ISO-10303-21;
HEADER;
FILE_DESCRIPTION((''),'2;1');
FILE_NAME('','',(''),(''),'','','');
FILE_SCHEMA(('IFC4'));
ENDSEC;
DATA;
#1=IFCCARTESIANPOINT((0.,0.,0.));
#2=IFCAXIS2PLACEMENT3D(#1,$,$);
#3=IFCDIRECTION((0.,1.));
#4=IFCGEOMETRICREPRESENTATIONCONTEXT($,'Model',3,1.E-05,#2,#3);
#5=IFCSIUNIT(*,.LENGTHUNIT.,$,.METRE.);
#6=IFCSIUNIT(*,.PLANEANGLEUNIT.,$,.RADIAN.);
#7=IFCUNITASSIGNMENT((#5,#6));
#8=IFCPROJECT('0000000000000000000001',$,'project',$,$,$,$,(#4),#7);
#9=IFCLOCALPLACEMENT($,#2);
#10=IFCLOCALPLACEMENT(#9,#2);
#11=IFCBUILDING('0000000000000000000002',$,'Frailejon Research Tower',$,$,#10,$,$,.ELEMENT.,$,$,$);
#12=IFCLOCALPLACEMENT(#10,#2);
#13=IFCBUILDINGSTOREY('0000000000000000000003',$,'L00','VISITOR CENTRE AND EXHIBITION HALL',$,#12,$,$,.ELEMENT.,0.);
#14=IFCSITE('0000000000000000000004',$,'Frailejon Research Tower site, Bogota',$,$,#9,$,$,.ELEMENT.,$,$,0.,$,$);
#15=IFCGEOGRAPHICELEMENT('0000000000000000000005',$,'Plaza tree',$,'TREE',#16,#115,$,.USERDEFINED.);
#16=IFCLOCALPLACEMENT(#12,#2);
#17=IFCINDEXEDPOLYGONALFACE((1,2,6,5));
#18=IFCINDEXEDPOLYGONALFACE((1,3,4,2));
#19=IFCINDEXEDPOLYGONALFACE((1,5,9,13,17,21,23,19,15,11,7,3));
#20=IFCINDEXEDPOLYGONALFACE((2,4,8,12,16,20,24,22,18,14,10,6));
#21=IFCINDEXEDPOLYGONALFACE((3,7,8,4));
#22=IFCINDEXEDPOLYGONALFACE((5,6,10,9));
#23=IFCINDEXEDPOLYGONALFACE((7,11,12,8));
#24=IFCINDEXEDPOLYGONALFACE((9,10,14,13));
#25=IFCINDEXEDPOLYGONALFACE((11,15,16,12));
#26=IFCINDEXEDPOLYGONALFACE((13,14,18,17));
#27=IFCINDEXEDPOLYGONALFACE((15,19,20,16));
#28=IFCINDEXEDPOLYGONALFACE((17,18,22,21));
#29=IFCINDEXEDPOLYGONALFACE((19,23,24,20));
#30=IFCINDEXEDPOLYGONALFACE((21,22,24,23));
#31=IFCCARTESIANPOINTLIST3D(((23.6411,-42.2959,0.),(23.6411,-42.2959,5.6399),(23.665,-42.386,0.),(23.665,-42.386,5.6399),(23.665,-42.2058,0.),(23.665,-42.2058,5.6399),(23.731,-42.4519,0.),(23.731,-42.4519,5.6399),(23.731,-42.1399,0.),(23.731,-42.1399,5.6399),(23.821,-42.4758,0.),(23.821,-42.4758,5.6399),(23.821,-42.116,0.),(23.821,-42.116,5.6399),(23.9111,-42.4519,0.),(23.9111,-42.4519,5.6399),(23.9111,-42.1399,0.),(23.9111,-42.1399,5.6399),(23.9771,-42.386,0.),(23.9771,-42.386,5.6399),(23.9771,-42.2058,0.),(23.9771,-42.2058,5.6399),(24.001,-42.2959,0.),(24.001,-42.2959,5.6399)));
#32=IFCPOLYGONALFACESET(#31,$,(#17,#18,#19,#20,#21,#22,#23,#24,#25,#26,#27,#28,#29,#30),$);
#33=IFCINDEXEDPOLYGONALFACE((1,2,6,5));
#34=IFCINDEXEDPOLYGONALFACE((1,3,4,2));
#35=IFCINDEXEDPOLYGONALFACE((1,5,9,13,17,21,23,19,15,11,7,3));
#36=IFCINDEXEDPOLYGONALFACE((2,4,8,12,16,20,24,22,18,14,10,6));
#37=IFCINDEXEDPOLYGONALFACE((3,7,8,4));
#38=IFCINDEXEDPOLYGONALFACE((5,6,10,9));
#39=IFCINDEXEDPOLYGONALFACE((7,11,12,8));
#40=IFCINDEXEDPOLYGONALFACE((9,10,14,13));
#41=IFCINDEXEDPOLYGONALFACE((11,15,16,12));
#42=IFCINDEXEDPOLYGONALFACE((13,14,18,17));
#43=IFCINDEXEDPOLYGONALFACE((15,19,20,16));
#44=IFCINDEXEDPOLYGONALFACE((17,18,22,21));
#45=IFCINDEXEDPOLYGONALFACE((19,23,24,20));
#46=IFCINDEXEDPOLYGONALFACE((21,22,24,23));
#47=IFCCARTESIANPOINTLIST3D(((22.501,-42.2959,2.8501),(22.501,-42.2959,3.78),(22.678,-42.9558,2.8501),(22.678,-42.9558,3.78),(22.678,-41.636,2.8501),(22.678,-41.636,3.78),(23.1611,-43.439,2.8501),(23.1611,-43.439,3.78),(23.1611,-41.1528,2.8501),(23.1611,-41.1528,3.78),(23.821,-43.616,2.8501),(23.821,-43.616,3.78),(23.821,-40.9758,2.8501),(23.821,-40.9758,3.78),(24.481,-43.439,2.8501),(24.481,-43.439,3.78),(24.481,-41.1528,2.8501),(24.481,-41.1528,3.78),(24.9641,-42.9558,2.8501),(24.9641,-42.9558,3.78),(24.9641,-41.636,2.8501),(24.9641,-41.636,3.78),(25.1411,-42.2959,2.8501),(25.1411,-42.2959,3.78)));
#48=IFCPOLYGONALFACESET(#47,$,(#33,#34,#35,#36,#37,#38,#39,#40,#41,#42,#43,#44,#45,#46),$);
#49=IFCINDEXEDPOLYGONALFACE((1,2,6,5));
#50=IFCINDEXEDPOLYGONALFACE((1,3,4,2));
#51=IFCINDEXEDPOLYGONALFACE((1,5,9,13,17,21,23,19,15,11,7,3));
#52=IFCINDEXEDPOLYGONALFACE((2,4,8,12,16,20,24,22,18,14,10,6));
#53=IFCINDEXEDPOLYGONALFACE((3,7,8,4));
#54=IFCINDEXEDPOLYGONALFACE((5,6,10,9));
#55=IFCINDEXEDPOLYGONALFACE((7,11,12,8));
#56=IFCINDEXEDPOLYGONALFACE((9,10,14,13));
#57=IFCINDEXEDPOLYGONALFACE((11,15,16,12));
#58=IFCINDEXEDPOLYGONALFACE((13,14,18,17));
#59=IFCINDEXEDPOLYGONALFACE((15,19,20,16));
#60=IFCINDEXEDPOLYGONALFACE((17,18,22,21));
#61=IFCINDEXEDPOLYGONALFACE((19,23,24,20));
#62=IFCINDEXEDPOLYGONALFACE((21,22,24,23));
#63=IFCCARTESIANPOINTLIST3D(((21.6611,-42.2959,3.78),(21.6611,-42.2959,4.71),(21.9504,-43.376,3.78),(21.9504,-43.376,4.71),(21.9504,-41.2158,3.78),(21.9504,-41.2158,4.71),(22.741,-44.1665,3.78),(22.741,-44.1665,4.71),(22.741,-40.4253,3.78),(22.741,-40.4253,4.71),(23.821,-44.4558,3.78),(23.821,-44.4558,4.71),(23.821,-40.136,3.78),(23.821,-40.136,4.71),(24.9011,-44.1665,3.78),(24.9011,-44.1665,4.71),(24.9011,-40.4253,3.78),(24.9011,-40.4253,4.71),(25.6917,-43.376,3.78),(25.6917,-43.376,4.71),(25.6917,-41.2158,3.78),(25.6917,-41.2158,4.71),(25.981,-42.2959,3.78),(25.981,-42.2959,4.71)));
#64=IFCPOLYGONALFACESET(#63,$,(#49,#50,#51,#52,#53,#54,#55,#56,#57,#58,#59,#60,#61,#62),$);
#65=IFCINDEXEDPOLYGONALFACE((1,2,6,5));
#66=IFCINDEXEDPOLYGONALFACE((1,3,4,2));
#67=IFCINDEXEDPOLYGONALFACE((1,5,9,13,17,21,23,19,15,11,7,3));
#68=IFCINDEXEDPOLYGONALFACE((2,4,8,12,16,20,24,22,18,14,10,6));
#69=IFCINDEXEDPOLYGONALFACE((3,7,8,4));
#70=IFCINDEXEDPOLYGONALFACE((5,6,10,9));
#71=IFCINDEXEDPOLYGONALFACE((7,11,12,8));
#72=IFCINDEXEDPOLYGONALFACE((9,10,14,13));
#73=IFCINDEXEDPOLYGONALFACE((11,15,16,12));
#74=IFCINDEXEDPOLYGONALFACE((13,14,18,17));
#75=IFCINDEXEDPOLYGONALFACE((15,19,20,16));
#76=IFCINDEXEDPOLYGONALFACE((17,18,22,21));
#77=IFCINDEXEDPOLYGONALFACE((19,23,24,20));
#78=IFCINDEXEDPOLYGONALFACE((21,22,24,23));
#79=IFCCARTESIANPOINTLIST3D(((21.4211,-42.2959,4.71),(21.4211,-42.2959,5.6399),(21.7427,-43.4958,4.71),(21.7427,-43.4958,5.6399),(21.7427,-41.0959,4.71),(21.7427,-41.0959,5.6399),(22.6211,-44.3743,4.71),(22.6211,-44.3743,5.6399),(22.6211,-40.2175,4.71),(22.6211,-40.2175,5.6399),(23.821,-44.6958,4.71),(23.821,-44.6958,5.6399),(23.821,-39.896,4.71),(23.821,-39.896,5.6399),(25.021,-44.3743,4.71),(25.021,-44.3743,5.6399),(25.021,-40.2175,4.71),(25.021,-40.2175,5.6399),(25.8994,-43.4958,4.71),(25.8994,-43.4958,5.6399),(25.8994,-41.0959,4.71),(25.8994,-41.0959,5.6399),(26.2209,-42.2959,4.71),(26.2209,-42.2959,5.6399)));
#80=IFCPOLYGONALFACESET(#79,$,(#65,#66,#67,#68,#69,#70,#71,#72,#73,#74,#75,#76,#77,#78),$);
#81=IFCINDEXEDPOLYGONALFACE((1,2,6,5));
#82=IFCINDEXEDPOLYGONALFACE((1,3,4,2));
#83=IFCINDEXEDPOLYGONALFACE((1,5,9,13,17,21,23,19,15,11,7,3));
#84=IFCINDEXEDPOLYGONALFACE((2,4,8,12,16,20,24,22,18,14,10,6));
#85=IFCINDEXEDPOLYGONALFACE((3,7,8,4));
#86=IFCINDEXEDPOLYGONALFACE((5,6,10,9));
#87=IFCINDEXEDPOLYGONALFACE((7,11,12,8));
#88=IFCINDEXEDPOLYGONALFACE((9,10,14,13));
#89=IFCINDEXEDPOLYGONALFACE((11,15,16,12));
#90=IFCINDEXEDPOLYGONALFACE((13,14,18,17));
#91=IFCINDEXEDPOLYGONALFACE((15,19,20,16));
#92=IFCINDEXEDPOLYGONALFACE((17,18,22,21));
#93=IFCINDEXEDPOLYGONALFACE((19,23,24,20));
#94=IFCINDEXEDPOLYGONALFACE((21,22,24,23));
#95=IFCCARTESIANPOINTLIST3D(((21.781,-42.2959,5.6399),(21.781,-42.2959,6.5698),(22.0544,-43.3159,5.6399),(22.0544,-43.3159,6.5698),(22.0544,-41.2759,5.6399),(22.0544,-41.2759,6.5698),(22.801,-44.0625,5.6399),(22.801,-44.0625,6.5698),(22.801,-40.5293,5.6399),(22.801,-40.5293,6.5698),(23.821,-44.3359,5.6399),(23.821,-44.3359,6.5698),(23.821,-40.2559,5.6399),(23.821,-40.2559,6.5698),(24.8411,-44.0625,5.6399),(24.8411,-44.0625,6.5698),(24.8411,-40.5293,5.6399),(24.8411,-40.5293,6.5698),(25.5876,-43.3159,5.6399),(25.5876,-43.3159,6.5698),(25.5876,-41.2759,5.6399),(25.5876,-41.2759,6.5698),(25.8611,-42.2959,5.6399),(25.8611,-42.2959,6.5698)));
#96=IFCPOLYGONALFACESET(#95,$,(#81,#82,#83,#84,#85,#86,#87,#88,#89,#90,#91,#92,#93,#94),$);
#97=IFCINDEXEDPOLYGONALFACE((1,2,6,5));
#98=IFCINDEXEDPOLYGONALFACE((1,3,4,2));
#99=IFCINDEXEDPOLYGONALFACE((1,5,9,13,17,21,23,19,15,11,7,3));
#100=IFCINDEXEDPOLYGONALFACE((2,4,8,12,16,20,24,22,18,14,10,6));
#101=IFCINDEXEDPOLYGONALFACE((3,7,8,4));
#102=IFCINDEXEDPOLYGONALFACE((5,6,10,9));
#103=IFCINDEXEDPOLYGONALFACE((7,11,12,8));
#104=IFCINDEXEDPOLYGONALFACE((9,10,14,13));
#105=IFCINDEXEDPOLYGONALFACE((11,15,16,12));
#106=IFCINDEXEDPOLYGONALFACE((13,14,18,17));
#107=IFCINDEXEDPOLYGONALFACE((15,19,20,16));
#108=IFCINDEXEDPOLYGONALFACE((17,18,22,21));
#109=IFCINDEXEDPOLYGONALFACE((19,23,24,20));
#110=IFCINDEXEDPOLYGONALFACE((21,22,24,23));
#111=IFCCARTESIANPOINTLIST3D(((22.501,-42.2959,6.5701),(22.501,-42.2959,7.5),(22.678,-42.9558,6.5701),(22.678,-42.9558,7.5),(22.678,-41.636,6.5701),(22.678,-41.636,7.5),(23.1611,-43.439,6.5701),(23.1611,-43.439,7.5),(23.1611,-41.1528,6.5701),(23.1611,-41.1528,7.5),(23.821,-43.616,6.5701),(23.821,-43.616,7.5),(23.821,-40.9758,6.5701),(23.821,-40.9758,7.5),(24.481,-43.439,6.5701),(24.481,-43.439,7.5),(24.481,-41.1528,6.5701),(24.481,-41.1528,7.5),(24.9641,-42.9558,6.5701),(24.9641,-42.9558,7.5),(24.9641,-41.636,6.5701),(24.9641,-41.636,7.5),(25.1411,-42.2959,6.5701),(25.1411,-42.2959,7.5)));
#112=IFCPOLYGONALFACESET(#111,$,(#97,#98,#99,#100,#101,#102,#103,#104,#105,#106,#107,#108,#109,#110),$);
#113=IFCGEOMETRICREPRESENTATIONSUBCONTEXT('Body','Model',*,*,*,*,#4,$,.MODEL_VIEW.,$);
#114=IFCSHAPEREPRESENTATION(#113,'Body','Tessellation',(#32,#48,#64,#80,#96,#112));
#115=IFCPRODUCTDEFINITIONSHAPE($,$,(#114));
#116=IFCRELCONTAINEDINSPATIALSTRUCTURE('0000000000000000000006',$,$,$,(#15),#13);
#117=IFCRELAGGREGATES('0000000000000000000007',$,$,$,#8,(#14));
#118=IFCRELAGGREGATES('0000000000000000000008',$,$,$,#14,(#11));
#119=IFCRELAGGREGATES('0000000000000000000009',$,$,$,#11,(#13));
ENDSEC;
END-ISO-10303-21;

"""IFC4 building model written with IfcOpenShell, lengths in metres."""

from ifc_helpers import new_model, si_unit, direction, frame, origin, place, context, subcontext, project, spatial, polyline, outline, extrude, element, save


model = new_model("IFC4")

# Units and contexts
model_context = context("Model", 3, precision=1e-05, world=origin(), true_north=direction((0.0, 1.0)))
body_context = subcontext(model_context, "Body", "Model", "MODEL_VIEW")
ifc_project = project(units=[si_unit("LENGTHUNIT", "METRE"), si_unit("PLANEANGLEUNIT", "RADIAN")], contexts=[model_context])

# Site, building, storey
site_placement = place(None, origin())
site = spatial("IfcSite", under=ifc_project, at=site_placement, Name="Frailejon Research Tower site, Bogota", CompositionType="ELEMENT", RefElevation=0.0)
building_placement = place(site_placement, origin())
building = spatial("IfcBuilding", under=site, at=building_placement, Name="Frailejon Research Tower", CompositionType="ELEMENT")
storey_placement = place(building_placement, origin())
storey = spatial("IfcBuildingStorey", under=building, at=storey_placement, Name="L00", Description="VISITOR CENTRE AND EXHIBITION HALL", CompositionType="ELEMENT", Elevation=0.0)

# Geographic element
geographic_element_1_placement = place(storey_placement, frame((23.821, -42.2959, 0.0)))
element("IfcGeographicElement", 1, at=geographic_element_1_placement, inside=storey, Name="Plaza tree", ObjectType="TREE", PredefinedType="USERDEFINED", context=body_context, shape_type="SweptSolid", body=[
    extrude(outline(polyline([(0.1799, 0.0), (0.156, 0.0901), (0.0901, 0.156), (0.0, 0.1799), (-0.0901, 0.156), (-0.156, 0.0901), (-0.1799, 0.0), (-0.156, -0.0901), (-0.0901, -0.156), (0.0, -0.1799), (0.0901, -0.156), (0.156, -0.0901), (0.1799, 0.0)])), origin(), (0.0, 0.0, 1.0), 5.6399),
    extrude(outline(polyline([(1.3201, 0.0), (1.1431, 0.6599), (0.6599, 1.1431), (0.0, 1.3201), (-0.6599, 1.1431), (-1.1431, 0.6599), (-1.3201, 0.0), (-1.1431, -0.6599), (-0.6599, -1.1431), (0.0, -1.3201), (0.6599, -1.1431), (1.1431, -0.6599), (1.3201, 0.0)])), frame((0.0, 0.0, 2.8501)), (0.0, 0.0, 1.0), 0.9299),
    extrude(outline(polyline([(2.1599, 0.0), (1.8706, 1.0801), (1.0801, 1.8706), (0.0, 2.1599), (-1.0801, 1.8706), (-1.8706, 1.0801), (-2.1599, 0.0), (-1.8706, -1.0801), (-1.0801, -1.8706), (0.0, -2.1599), (1.0801, -1.8706), (1.8706, -1.0801), (2.1599, 0.0)])), frame((0.0, 0.0, 3.78)), (0.0, 0.0, 1.0), 0.9299),
    extrude(outline(polyline([(2.3999, 0.0), (2.0784, 1.2), (1.2, 2.0784), (0.0, 2.3999), (-1.2, 2.0784), (-2.0784, 1.2), (-2.3999, 0.0), (-2.0784, -1.2), (-1.2, -2.0784), (0.0, -2.3999), (1.2, -2.0784), (2.0784, -1.2), (2.3999, 0.0)])), frame((0.0, 0.0, 4.71)), (0.0, 0.0, 1.0), 0.9299),
    extrude(outline(polyline([(2.04, 0.0), (1.7666, 1.02), (1.02, 1.7666), (0.0, 2.04), (-1.02, 1.7666), (-1.7666, 1.02), (-2.04, 0.0), (-1.7666, -1.02), (-1.02, -1.7666), (0.0, -2.04), (1.02, -1.7666), (1.7666, -1.02), (2.04, 0.0)])), frame((0.0, 0.0, 5.6399)), (0.0, 0.0, 1.0), 0.9299),
    extrude(outline(polyline([(1.3201, 0.0), (1.1431, 0.6599), (0.6599, 1.1431), (0.0, 1.3201), (-0.6599, 1.1431), (-1.1431, 0.6599), (-1.3201, 0.0), (-1.1431, -0.6599), (-0.6599, -1.1431), (0.0, -1.3201), (0.6599, -1.1431), (1.1431, -0.6599), (1.3201, 0.0)])), frame((0.0, 0.0, 6.5701)), (0.0, 0.0, 1.0), 0.9299),
])

save(model, "model.ifc")
